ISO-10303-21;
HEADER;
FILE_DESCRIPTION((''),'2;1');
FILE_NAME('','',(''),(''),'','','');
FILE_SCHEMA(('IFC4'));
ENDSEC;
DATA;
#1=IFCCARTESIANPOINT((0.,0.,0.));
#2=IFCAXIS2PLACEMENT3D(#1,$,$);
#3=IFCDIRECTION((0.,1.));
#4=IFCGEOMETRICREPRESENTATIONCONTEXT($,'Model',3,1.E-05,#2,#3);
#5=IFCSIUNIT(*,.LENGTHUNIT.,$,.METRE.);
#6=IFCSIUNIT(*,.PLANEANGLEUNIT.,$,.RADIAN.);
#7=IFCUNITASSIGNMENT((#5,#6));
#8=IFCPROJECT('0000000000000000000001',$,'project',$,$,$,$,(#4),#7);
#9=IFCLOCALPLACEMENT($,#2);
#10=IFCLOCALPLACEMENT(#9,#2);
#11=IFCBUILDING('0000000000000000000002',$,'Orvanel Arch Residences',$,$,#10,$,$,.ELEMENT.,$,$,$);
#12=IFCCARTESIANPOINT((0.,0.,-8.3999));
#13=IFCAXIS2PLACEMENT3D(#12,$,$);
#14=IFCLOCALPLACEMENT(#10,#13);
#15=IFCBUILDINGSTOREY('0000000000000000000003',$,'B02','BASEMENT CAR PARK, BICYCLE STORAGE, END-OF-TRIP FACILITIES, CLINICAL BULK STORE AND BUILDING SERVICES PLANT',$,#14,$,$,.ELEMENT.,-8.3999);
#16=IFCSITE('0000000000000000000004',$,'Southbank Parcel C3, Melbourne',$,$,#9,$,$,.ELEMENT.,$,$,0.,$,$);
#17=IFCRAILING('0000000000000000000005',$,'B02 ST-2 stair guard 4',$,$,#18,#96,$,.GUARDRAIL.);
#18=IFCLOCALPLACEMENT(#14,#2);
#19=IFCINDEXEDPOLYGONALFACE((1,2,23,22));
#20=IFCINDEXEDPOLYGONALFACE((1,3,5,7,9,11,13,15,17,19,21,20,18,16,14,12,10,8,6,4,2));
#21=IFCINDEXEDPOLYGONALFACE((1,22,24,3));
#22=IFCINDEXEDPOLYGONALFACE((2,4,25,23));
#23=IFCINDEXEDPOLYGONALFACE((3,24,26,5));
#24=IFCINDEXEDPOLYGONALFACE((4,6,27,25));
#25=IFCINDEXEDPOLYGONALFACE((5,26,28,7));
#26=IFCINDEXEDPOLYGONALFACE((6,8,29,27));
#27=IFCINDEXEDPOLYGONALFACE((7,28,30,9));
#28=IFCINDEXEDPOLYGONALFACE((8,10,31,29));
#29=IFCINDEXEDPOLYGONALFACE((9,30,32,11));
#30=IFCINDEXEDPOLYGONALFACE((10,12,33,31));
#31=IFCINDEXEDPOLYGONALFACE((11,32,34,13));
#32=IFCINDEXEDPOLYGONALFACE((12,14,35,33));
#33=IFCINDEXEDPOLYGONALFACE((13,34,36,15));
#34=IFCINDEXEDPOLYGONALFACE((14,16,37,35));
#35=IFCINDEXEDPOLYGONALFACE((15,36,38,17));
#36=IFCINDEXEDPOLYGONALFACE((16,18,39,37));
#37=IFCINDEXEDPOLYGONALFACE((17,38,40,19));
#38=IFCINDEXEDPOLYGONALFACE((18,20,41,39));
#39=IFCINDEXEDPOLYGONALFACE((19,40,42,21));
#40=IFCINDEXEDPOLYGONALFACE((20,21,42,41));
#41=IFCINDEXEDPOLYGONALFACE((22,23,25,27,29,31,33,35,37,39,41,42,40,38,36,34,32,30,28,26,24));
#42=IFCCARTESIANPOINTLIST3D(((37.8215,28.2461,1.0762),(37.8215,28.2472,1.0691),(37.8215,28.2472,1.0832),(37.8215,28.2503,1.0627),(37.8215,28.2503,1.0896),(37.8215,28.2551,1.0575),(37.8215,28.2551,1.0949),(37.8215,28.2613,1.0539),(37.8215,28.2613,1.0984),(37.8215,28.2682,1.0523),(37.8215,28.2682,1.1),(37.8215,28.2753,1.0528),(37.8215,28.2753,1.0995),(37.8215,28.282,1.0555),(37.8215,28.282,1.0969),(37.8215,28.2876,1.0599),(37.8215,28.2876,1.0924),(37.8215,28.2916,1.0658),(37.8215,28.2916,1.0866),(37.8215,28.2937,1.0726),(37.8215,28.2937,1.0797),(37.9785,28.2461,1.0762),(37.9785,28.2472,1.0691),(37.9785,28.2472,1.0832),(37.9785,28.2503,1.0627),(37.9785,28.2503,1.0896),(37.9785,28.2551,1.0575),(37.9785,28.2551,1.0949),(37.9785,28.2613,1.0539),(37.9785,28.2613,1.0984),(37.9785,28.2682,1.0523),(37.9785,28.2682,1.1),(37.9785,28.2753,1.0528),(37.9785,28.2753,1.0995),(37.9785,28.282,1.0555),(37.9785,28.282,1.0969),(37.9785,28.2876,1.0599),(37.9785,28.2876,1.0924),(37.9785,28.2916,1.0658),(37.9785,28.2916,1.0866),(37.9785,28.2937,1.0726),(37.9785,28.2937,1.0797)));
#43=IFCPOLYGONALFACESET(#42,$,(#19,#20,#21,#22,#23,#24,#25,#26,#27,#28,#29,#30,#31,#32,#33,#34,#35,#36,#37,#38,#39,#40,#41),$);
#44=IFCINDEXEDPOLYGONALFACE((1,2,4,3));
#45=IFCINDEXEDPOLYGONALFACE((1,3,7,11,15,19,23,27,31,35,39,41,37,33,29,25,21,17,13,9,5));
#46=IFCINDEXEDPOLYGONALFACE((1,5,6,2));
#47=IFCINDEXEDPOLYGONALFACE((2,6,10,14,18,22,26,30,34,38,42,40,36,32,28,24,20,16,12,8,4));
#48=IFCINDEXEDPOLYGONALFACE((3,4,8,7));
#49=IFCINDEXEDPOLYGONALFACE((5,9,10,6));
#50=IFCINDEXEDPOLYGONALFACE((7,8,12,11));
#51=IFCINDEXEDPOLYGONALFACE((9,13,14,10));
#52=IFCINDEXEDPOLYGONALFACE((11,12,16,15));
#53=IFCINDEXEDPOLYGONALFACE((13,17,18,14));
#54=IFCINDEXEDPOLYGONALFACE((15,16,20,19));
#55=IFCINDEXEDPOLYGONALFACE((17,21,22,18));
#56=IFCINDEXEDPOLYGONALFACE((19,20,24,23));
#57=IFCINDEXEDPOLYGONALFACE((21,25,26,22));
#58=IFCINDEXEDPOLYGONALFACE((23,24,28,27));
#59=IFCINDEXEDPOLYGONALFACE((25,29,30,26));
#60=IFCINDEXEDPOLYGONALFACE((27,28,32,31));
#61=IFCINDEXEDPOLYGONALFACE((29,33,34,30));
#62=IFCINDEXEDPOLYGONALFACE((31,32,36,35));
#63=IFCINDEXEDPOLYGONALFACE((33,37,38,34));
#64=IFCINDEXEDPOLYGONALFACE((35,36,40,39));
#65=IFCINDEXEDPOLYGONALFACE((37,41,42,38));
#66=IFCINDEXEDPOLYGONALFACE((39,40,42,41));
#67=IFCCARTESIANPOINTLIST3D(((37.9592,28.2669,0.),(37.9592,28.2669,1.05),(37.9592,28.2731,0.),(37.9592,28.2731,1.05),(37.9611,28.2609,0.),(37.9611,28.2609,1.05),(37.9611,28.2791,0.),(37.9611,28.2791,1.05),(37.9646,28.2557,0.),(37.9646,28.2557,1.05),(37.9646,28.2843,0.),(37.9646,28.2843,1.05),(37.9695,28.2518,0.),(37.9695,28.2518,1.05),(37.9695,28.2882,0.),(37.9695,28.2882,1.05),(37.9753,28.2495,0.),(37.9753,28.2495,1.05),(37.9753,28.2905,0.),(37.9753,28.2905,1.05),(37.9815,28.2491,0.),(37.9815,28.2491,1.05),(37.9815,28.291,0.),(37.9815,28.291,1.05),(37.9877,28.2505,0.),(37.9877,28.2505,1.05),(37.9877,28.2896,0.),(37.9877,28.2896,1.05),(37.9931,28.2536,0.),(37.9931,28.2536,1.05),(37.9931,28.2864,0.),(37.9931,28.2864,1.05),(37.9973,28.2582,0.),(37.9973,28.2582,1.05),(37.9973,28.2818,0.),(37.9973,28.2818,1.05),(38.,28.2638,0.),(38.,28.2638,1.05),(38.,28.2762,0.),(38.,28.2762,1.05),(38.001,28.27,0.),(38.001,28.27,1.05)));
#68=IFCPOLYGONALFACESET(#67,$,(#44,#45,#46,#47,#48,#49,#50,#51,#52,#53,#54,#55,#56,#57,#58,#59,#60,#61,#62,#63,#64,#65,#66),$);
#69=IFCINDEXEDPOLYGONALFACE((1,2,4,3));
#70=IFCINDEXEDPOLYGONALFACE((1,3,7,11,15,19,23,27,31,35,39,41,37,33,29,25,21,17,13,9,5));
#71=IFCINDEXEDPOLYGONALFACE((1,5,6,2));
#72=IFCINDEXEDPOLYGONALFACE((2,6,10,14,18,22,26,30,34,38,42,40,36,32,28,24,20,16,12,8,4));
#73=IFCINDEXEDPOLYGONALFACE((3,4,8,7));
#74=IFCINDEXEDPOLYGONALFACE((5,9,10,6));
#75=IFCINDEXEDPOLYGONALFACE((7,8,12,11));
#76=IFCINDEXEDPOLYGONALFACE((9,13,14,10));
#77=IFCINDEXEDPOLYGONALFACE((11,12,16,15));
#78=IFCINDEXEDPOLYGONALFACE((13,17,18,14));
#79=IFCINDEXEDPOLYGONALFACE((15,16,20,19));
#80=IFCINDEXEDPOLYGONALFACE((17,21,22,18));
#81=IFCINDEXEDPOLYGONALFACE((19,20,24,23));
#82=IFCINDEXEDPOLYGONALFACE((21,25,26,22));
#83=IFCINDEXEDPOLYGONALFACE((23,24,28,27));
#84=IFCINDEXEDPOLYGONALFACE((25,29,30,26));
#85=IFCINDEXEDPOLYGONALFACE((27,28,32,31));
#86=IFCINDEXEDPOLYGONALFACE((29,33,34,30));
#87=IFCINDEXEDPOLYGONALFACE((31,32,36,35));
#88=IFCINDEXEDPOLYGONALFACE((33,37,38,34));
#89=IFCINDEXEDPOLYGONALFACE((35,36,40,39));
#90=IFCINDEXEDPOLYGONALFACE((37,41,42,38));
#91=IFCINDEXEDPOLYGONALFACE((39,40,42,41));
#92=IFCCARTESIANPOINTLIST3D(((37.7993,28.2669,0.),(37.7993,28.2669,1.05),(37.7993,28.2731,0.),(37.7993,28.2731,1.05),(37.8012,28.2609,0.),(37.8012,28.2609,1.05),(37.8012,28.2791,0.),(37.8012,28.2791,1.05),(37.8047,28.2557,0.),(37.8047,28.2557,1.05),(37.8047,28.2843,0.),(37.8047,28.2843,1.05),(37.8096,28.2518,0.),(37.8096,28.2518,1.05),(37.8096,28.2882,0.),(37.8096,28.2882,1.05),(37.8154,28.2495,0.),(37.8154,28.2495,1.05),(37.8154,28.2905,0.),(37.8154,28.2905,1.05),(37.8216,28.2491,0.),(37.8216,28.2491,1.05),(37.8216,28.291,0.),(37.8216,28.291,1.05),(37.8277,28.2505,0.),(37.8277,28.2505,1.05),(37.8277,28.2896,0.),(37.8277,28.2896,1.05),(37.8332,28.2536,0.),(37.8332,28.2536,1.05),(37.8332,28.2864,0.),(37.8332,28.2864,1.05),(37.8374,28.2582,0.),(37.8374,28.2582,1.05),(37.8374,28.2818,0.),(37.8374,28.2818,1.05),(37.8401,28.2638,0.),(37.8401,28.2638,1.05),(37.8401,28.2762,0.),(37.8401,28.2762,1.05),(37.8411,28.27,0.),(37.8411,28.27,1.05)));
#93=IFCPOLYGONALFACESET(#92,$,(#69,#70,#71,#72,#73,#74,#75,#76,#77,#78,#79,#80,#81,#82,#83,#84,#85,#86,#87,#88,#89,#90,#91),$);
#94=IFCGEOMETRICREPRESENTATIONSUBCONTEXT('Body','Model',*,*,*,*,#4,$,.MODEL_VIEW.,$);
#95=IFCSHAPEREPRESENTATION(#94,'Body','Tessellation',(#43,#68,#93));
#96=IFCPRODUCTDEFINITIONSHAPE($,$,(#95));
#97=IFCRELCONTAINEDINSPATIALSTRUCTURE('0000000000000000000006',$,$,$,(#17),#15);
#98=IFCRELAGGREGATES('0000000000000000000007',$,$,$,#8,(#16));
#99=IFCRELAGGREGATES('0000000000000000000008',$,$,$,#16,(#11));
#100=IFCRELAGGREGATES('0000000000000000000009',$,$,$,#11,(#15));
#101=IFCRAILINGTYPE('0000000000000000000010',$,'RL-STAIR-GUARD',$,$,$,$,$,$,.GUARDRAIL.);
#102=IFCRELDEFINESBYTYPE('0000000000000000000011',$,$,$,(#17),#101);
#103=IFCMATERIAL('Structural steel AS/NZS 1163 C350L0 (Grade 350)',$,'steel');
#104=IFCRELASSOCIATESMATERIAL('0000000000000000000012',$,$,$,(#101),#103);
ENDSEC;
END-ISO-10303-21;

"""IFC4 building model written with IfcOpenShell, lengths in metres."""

from ifc_helpers import new_model, si_unit, direction, frame, origin, origin_2d, place, context, subcontext, project, spatial, circle, extrude, material, type_object, element, save


model = new_model("IFC4")

# Units and contexts
model_context = context("Model", 3, precision=1e-05, world=origin(), true_north=direction((0.0, 1.0)))
body_context = subcontext(model_context, "Body", "Model", "MODEL_VIEW")
ifc_project = project(units=[si_unit("LENGTHUNIT", "METRE"), si_unit("PLANEANGLEUNIT", "RADIAN")], contexts=[model_context])

# Site, building, storey
site_placement = place(None, origin())
site = spatial("IfcSite", under=ifc_project, at=site_placement, Name="Southbank Parcel C3, Melbourne", CompositionType="ELEMENT", RefElevation=0.0)
building_placement = place(site_placement, origin())
building = spatial("IfcBuilding", under=site, at=building_placement, Name="Orvanel Arch Residences", CompositionType="ELEMENT")
storey_placement = place(building_placement, frame((0.0, 0.0, -8.3999)))
storey = spatial("IfcBuildingStorey", under=building, at=storey_placement, Name="B02", Description="BASEMENT CAR PARK, BICYCLE STORAGE, END-OF-TRIP FACILITIES, CLINICAL BULK STORE AND BUILDING SERVICES PLANT", CompositionType="ELEMENT", Elevation=-8.3999)

# Railing
ifc_material_1 = material(Name="Structural steel AS/NZS 1163 C350L0 (Grade 350)", Category="steel")
railing_type_1 = type_object("IfcRailingType", Name="RL-STAIR-GUARD", PredefinedType="GUARDRAIL", material=ifc_material_1)
railing_1_placement = place(storey_placement, frame((37.98, 28.27, 0.0)))
element("IfcRailing", 1, at=railing_1_placement, inside=storey, type_object=railing_type_1, Name="B02 ST-2 stair guard 4", PredefinedType="GUARDRAIL", context=body_context, shape_type="SweptSolid", body=[
    extrude(circle(Radius=0.0239, at=origin_2d()), frame((-0.0015, 0.0, 1.0762), z_axis=(-1.0, 0.0, 0.0), x_axis=(0.0, -1.0, 0.0)), (0.0, 0.0, 1.0), 0.157),
    extrude(circle(Radius=0.021, at=origin_2d()), origin(), (0.0, 0.0, 1.0), 1.05),
    extrude(circle(Radius=0.021, at=origin_2d()), frame((-0.1599, 0.0, 0.0)), (0.0, 0.0, 1.0), 1.05),
])

save(model, "model.ifc")
